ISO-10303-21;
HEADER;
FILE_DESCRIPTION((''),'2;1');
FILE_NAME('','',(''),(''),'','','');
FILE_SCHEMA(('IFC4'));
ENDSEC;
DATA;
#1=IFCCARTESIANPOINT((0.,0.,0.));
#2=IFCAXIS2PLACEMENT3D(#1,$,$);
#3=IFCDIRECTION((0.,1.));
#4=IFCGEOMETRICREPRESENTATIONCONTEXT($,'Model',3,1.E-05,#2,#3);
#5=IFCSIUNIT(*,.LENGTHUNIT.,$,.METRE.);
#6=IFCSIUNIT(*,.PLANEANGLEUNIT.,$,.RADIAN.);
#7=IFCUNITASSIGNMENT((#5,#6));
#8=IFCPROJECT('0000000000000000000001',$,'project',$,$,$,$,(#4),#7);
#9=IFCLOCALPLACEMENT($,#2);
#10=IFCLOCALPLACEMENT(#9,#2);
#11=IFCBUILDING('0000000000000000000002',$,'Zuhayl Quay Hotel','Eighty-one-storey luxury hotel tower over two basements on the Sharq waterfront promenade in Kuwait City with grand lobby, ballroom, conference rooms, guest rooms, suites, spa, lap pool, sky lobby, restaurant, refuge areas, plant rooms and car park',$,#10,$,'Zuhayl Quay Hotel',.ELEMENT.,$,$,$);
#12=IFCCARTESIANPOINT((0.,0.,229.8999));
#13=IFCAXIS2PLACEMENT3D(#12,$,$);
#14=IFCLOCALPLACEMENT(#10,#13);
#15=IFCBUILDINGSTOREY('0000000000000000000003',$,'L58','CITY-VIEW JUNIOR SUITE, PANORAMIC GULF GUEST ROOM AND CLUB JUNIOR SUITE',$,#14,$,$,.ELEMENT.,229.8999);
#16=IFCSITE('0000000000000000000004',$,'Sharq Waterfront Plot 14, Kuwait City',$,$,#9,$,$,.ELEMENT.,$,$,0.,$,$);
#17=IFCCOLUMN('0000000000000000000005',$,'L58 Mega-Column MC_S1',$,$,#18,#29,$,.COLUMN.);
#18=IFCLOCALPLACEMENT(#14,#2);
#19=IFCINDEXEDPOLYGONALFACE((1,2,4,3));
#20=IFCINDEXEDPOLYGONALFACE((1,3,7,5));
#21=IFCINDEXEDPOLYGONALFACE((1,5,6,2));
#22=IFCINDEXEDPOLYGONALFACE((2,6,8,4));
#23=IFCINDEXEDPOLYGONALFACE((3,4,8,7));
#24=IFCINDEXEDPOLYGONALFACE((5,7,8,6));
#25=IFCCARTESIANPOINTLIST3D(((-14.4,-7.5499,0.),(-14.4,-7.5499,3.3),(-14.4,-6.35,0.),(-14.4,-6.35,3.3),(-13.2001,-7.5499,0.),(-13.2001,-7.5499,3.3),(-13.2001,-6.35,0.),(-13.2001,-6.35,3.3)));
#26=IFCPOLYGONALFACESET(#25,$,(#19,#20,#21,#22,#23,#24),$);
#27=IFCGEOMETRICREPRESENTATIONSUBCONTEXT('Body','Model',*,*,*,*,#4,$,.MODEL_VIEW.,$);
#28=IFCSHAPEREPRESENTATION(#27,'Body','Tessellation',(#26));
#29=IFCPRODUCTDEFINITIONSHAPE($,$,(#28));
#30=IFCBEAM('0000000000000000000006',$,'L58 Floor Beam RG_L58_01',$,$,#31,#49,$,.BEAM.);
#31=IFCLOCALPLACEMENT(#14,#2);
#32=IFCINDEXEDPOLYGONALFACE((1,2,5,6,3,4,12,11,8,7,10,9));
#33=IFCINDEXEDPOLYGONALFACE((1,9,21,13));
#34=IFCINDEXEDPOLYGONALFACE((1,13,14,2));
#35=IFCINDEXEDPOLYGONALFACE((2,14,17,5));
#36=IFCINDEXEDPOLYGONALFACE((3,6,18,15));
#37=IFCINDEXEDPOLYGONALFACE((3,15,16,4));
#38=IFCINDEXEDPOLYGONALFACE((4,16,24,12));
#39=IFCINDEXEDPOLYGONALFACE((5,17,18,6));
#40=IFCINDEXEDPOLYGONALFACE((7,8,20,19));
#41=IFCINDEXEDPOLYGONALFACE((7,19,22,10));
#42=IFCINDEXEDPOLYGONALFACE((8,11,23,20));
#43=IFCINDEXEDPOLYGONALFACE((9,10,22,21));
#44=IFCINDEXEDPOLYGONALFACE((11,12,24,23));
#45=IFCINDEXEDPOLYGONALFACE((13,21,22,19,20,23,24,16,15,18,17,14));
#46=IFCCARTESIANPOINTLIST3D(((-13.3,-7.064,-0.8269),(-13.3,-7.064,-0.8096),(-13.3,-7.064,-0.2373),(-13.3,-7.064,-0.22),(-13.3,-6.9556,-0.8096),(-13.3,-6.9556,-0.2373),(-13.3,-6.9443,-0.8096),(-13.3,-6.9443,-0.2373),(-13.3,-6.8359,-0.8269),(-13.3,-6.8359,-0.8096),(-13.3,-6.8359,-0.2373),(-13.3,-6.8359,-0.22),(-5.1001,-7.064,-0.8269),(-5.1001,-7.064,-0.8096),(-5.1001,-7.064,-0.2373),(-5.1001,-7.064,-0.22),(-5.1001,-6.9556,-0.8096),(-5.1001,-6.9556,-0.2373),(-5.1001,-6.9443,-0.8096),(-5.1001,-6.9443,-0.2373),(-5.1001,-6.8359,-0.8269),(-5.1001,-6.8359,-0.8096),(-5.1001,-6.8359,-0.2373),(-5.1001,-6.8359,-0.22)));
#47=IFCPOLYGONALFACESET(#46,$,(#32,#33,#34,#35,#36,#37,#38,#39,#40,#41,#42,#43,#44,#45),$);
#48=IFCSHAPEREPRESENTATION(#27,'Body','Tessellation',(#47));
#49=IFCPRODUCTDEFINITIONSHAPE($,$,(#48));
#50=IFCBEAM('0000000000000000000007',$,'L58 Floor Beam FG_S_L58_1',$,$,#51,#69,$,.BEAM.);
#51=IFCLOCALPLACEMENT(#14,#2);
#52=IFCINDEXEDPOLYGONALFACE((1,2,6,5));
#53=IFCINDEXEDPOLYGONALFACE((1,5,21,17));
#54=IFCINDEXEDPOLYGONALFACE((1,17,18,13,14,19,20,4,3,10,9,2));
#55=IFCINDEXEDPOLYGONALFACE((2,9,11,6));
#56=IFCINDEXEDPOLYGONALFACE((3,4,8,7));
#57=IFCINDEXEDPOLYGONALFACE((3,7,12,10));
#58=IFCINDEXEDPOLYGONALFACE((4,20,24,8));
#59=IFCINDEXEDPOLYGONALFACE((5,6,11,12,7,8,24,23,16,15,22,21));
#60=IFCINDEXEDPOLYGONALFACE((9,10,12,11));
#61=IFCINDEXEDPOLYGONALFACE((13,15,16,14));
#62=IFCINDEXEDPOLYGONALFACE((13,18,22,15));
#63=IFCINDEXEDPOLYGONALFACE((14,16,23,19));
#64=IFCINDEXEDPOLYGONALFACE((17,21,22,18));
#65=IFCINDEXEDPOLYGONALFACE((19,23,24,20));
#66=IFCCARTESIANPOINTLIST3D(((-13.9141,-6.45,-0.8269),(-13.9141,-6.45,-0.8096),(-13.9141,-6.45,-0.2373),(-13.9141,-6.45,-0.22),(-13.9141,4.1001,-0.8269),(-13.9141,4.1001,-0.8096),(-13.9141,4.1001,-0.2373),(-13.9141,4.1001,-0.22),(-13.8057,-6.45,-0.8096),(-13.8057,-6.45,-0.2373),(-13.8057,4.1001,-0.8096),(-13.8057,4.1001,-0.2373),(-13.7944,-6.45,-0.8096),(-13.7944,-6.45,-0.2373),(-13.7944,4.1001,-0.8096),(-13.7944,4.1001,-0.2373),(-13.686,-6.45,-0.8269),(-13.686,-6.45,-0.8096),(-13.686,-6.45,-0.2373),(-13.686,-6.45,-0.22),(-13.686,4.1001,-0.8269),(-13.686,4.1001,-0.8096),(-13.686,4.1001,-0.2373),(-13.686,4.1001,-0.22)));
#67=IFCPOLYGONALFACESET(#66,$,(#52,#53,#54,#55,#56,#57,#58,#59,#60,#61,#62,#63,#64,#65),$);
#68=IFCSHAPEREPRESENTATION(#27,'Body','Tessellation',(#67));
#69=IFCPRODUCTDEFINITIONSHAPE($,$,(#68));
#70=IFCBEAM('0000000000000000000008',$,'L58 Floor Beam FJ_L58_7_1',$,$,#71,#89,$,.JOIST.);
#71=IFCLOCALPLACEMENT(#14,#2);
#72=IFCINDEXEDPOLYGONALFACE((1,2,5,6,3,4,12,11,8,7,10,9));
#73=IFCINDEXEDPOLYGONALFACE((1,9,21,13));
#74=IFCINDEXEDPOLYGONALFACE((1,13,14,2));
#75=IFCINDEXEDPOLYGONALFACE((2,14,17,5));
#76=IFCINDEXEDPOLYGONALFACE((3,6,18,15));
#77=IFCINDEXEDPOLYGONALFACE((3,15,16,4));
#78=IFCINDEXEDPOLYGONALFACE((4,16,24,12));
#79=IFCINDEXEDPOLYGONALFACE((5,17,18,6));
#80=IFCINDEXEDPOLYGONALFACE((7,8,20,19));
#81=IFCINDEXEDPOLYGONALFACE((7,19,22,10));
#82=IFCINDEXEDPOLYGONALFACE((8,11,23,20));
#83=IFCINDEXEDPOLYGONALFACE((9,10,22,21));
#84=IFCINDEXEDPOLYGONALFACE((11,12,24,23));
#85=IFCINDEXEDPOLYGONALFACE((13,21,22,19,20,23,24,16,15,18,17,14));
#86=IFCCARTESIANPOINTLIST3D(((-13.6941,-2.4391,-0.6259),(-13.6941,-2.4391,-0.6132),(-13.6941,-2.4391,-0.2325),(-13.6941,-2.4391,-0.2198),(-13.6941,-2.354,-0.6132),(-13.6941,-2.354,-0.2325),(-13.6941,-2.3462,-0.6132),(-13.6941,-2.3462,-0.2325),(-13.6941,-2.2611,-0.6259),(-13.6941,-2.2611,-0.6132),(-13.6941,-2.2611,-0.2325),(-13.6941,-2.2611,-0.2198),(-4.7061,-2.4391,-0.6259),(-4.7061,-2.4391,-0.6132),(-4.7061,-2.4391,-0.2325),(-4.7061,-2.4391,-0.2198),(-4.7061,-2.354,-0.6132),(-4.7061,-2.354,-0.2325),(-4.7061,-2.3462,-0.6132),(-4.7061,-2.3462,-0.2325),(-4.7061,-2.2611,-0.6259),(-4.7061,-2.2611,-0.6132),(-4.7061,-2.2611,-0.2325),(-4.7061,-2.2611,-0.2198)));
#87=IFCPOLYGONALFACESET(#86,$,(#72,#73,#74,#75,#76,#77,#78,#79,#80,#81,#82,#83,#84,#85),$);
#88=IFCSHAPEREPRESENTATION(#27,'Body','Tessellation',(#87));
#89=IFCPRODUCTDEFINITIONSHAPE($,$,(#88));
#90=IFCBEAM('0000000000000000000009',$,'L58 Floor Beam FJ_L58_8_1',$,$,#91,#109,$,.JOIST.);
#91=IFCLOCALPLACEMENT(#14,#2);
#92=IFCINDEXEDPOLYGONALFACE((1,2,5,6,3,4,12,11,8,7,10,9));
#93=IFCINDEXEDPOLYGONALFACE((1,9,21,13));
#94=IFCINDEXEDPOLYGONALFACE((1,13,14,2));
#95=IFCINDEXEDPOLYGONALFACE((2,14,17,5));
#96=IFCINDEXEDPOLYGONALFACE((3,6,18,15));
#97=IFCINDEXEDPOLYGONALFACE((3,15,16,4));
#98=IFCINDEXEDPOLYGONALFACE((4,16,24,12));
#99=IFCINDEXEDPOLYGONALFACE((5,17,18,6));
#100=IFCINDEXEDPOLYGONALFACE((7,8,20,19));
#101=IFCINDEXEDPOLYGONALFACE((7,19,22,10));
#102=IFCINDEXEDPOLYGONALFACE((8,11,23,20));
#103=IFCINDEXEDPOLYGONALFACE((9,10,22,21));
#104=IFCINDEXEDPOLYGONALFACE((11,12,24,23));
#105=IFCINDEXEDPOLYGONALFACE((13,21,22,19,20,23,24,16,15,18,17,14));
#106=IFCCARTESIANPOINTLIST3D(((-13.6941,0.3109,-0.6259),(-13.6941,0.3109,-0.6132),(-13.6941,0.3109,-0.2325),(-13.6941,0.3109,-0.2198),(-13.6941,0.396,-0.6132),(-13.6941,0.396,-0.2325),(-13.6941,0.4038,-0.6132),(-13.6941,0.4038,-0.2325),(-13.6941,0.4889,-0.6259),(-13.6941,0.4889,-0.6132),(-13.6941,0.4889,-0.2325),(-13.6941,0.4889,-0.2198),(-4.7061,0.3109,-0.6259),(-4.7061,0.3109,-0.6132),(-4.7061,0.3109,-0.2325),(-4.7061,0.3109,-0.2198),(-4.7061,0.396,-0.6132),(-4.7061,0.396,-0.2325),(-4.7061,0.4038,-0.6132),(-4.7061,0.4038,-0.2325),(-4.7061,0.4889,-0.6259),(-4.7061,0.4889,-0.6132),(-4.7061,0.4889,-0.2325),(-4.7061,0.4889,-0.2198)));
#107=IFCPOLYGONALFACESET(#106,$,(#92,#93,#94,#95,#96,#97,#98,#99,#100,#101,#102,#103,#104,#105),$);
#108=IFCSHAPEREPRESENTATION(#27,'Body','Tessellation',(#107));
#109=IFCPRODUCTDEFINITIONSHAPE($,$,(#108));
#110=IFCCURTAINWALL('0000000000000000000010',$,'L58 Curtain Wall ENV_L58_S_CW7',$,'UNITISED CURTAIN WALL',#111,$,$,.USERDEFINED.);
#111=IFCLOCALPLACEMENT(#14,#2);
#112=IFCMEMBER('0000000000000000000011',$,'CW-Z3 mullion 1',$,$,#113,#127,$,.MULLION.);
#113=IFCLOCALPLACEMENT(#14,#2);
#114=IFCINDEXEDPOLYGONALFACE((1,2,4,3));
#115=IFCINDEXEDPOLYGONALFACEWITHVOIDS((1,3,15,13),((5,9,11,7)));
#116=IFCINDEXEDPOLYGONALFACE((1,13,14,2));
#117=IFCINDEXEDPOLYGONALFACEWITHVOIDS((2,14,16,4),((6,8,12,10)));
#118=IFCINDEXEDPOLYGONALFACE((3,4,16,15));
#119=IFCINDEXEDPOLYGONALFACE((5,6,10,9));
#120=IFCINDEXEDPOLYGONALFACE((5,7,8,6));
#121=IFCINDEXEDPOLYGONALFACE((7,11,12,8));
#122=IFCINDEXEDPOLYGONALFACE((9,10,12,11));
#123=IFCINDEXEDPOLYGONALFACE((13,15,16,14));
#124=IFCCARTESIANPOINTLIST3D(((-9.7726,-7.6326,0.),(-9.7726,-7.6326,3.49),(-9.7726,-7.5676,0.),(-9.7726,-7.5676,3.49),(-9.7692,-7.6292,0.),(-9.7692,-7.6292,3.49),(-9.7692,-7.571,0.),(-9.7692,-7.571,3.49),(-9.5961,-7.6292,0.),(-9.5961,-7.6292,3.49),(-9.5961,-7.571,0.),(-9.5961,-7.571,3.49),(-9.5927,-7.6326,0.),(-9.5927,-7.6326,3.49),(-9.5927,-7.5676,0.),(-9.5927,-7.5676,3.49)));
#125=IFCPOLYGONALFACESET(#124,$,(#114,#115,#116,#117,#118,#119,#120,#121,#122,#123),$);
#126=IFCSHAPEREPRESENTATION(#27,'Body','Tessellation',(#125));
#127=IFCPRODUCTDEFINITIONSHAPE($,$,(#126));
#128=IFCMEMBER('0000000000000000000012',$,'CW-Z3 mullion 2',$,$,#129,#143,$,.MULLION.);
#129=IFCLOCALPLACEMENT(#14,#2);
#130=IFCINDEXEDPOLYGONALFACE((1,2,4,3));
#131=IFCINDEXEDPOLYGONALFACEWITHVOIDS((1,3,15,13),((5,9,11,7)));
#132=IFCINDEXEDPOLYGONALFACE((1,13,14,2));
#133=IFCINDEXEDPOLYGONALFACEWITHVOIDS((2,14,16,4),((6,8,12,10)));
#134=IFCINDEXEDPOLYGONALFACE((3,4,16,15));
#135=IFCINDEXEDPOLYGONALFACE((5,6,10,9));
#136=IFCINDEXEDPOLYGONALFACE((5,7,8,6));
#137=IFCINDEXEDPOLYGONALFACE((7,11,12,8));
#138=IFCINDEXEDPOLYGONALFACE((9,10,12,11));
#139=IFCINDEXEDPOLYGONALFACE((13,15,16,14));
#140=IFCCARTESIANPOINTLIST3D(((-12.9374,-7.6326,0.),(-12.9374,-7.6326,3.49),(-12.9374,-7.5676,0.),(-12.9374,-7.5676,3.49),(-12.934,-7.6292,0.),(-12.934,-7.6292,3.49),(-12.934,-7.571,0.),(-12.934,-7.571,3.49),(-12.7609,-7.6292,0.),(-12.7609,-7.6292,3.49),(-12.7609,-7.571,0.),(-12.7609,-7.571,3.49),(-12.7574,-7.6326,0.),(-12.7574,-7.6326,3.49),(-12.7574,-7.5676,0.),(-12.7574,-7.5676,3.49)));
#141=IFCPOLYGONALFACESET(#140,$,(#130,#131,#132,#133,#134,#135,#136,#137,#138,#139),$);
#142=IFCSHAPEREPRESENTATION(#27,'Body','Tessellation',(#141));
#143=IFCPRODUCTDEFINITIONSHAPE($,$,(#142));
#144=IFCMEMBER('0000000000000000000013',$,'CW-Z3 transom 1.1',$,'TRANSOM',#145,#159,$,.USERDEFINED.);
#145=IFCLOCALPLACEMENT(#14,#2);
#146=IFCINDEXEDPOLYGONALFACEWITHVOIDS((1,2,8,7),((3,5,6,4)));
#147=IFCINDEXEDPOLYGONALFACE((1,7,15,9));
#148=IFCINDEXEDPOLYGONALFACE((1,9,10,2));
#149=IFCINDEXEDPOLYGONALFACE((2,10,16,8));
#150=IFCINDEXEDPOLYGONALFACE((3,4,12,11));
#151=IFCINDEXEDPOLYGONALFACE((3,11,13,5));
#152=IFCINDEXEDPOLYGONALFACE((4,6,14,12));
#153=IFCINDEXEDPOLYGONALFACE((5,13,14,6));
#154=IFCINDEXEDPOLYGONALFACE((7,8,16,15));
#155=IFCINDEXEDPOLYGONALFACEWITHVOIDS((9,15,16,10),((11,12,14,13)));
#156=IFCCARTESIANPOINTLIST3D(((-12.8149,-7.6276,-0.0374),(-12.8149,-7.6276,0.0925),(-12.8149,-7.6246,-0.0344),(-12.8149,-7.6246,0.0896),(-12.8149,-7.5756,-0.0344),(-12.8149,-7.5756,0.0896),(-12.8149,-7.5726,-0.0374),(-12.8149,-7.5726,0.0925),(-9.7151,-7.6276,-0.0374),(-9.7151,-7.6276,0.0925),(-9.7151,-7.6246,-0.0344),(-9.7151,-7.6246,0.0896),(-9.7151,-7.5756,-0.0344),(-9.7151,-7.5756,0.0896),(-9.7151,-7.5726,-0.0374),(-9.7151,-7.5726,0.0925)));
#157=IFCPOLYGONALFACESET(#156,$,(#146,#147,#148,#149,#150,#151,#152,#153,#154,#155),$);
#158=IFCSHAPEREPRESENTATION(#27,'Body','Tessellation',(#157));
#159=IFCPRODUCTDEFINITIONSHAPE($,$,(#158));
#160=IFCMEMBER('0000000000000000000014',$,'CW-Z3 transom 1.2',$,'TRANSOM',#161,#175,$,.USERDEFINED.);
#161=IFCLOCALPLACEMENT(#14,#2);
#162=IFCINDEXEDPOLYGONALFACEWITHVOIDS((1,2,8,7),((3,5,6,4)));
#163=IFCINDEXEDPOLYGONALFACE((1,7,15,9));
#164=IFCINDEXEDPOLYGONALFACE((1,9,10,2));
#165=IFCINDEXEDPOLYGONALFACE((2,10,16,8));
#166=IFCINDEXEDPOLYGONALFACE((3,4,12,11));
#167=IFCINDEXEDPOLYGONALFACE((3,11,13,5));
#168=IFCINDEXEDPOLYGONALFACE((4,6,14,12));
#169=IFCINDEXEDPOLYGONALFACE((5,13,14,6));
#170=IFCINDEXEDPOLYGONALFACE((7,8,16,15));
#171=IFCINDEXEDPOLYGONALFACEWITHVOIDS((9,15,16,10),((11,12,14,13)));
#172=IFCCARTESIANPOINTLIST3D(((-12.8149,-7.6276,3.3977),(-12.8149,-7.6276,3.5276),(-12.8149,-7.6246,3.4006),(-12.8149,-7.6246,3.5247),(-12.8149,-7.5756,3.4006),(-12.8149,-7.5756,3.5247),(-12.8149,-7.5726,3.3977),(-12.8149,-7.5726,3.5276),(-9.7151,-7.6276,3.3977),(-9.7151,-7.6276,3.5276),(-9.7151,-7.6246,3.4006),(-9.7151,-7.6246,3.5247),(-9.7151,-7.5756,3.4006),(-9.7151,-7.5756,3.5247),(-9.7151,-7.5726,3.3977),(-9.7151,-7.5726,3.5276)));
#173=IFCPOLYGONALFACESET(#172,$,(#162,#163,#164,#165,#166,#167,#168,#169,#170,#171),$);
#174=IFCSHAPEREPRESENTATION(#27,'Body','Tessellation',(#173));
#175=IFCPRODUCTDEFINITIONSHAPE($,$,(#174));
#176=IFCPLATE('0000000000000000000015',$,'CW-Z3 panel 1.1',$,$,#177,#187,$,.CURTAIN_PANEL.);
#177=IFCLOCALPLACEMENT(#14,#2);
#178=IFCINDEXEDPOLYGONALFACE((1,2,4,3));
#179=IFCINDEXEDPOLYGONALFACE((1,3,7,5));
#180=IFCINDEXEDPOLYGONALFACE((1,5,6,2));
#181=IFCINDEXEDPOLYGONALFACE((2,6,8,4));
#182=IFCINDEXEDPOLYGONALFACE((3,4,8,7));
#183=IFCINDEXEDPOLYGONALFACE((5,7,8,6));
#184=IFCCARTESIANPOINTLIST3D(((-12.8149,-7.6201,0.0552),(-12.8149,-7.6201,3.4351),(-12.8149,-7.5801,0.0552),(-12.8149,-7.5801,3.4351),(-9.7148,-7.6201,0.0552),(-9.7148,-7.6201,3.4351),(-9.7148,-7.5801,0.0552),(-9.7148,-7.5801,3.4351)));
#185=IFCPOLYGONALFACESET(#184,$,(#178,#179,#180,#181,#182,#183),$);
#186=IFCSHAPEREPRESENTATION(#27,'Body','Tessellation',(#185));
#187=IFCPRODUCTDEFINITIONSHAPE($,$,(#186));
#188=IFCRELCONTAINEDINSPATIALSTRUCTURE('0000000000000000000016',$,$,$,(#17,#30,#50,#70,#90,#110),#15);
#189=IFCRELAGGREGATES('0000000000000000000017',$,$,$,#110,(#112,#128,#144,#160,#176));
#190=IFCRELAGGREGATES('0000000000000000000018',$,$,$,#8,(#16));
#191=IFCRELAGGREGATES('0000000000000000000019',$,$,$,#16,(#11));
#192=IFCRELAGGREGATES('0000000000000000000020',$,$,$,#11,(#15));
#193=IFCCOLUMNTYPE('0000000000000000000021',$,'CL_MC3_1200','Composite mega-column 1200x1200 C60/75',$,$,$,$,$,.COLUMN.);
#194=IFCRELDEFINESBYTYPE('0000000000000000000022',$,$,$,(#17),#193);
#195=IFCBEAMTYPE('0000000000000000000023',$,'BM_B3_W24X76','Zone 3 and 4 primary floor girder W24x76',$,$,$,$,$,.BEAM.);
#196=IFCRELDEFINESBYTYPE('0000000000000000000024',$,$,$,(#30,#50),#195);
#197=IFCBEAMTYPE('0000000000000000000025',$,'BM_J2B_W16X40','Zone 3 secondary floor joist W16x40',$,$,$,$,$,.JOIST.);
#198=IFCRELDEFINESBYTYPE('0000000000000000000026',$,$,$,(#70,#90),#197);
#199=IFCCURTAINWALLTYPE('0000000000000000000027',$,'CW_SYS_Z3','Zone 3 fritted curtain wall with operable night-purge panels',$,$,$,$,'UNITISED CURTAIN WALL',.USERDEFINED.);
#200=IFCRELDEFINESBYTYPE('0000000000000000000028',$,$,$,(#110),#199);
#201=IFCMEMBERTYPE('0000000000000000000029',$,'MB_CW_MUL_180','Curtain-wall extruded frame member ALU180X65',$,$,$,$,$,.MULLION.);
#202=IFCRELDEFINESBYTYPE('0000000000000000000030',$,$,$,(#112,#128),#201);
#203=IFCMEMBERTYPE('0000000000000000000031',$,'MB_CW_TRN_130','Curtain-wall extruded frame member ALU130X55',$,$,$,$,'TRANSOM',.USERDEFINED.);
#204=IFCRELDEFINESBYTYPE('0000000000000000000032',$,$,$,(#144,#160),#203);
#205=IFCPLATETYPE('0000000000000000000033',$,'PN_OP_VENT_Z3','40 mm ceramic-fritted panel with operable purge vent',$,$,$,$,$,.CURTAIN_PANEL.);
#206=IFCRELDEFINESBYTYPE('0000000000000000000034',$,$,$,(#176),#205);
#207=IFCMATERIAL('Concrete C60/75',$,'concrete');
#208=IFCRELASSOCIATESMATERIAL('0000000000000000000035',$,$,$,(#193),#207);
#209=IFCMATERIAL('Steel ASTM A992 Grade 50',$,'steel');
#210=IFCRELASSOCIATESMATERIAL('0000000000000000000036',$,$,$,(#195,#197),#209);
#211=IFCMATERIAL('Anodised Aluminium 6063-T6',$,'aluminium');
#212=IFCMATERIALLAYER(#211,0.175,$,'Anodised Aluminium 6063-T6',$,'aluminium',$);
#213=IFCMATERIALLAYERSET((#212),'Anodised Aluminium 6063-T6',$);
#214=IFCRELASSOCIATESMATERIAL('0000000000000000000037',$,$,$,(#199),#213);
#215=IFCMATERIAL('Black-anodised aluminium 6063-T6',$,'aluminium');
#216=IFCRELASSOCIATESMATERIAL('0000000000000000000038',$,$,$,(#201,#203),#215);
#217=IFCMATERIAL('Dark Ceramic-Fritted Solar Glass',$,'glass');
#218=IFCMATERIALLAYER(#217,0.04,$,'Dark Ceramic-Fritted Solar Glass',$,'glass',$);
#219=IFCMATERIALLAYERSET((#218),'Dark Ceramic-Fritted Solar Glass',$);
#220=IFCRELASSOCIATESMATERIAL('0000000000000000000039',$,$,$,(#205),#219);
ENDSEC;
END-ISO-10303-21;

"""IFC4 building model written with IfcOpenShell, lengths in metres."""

from ifc_helpers import new_model, si_unit, direction, frame, origin, origin_2d, place, context, subcontext, project, spatial, rectangle, hollow_rectangle, i_section, extrude, material, layer, layer_set, material_profile, profile_set, type_object, element, aggregate, save


model = new_model("IFC4")

# Units and contexts
model_context = context("Model", 3, precision=1e-05, world=origin(), true_north=direction((0.0, 1.0)))
body_context = subcontext(model_context, "Body", "Model", "MODEL_VIEW")
ifc_project = project(units=[si_unit("LENGTHUNIT", "METRE"), si_unit("PLANEANGLEUNIT", "RADIAN")], contexts=[model_context])

# Site, building, storey
site_placement = place(None, origin())
site = spatial("IfcSite", under=ifc_project, at=site_placement, Name="Sharq Waterfront Plot 14, Kuwait City", CompositionType="ELEMENT", RefElevation=0.0)
building_placement = place(site_placement, origin())
building = spatial("IfcBuilding", under=site, at=building_placement, Name="Zuhayl Quay Hotel", Description="Eighty-one-storey luxury hotel tower over two basements on the Sharq waterfront promenade in Kuwait City with grand lobby, ballroom, conference rooms, guest rooms, suites, spa, lap pool, sky lobby, restaurant, refuge areas, plant rooms and car park", LongName="Zuhayl Quay Hotel", CompositionType="ELEMENT")
storey_placement = place(building_placement, frame((0.0, 0.0, 229.8999)))
storey = spatial("IfcBuildingStorey", under=building, at=storey_placement, Name="L58", Description="CITY-VIEW JUNIOR SUITE, PANORAMIC GULF GUEST ROOM AND CLUB JUNIOR SUITE", CompositionType="ELEMENT", Elevation=229.8999)

# Column
ifc_material_1 = material(Name="Concrete C60/75", Category="concrete")
ifc_material_profile_1 = material_profile(ifc_material_1, rectangle(XDim=1.2, YDim=1.2, at=origin_2d()), Name="RC1200X1200")
ifc_profile_set_1 = profile_set([ifc_material_profile_1], Name="Concrete C60/75")
column_type = type_object("IfcColumnType", Name="CL_MC3_1200", Description="Composite mega-column 1200x1200 C60/75", PredefinedType="COLUMN", material=ifc_profile_set_1)
column_placement = place(storey_placement, frame((-13.8, -6.95, 0.0), z_axis=(0.0, 0.0, 1.0), x_axis=(1.0, 0.0, 0.0)))
element("IfcColumn", 1, at=column_placement, inside=storey, type_object=column_type, Name="L58 Mega-Column MC_S1", PredefinedType="COLUMN", context=body_context, shape_type="SweptSolid", body=[
    extrude(rectangle(XDim=1.2, YDim=1.2, at=origin_2d()), origin(), (0.0, 0.0, 1.0), 3.3),
])

# Beams
ifc_material_2 = material(Name="Steel ASTM A992 Grade 50", Category="steel")
ifc_material_profile_2 = material_profile(ifc_material_2, i_section(OverallWidth=0.228, OverallDepth=0.6069, WebThickness=0.0112, FlangeThickness=0.0173, at=origin_2d()), Name="W24X76")
ifc_profile_set_2 = profile_set([ifc_material_profile_2], Name="Steel ASTM A992 Grade 50")
beam_type_1 = type_object("IfcBeamType", Name="BM_B3_W24X76", Description="Zone 3 and 4 primary floor girder W24x76", PredefinedType="BEAM", material=ifc_profile_set_2)
beam_1_placement = place(storey_placement, frame((-13.3, -6.95, -0.5234), z_axis=(1.0, 0.0, 0.0), x_axis=(0.0, 1.0, 0.0)))
element("IfcBeam", 2, at=beam_1_placement, inside=storey, type_object=beam_type_1, Name="L58 Floor Beam RG_L58_01", PredefinedType="BEAM", context=body_context, shape_type="SweptSolid", body=[
    extrude(i_section(OverallWidth=0.228, OverallDepth=0.6069, WebThickness=0.0112, FlangeThickness=0.0173, at=origin_2d()), origin(), (0.0, 0.0, 1.0), 8.2),
])
beam_2_placement = place(storey_placement, frame((-13.8, -6.45, -0.5234), z_axis=(0.0, 1.0, 0.0), x_axis=(-1.0, 0.0, 0.0)))
element("IfcBeam", 3, at=beam_2_placement, inside=storey, type_object=beam_type_1, Name="L58 Floor Beam FG_S_L58_1", PredefinedType="BEAM", context=body_context, shape_type="SweptSolid", body=[
    extrude(i_section(OverallWidth=0.228, OverallDepth=0.6069, WebThickness=0.0112, FlangeThickness=0.0173, at=origin_2d()), origin(), (0.0, 0.0, 1.0), 10.55),
])
ifc_material_profile_3 = material_profile(ifc_material_2, i_section(OverallWidth=0.178, OverallDepth=0.406, WebThickness=0.0078, FlangeThickness=0.0127, at=origin_2d()), Name="W16X40")
ifc_profile_set_3 = profile_set([ifc_material_profile_3], Name="Steel ASTM A992 Grade 50")
beam_type_2 = type_object("IfcBeamType", Name="BM_J2B_W16X40", Description="Zone 3 secondary floor joist W16x40", PredefinedType="JOIST", material=ifc_profile_set_3)
for number, where, z_axis, x_axis, name in (
    (4, (-13.6941, -2.3501, -0.4229), (1.0, 0.0, 0.0), (0.0, 1.0, 0.0), "L58 Floor Beam FJ_L58_7_1"),
    (5, (-13.6941, 0.3999, -0.4229), (1.0, 0.0, 0.0), (0.0, 1.0, 0.0), "L58 Floor Beam FJ_L58_8_1"),
):
    element("IfcBeam", number, at=place(storey_placement, frame(where, z_axis=z_axis, x_axis=x_axis)), inside=storey, type_object=beam_type_2, Name=name, PredefinedType="JOIST", context=body_context, shape_type="SweptSolid", body=[
        extrude(i_section(OverallWidth=0.178, OverallDepth=0.406, WebThickness=0.0078, FlangeThickness=0.0127, at=origin_2d()), origin(), (0.0, 0.0, 1.0), 8.988),
    ])

# Curtain wall, members, plate
ifc_material_3 = material(Name="Anodised Aluminium 6063-T6", Category="aluminium")
ifc_layer_1 = layer(ifc_material_3, 0.175, Name="Anodised Aluminium 6063-T6", Category="aluminium")
ifc_layer_set_1 = layer_set([ifc_layer_1], Name="Anodised Aluminium 6063-T6")
curtain_wall_type = type_object("IfcCurtainWallType", Name="CW_SYS_Z3", Description="Zone 3 fritted curtain wall with operable night-purge panels", ElementType="UNITISED CURTAIN WALL", PredefinedType="USERDEFINED", material=ifc_layer_set_1)
curtain_wall_placement = place(storey_placement, origin())
curtain_wall = element("IfcCurtainWall", 6, at=curtain_wall_placement, inside=storey, type_object=curtain_wall_type, Name="L58 Curtain Wall ENV_L58_S_CW7", ObjectType="UNITISED CURTAIN WALL", PredefinedType="USERDEFINED")
ifc_material_4 = material(Name="Black-anodised aluminium 6063-T6", Category="aluminium")
ifc_material_profile_4 = material_profile(ifc_material_4, hollow_rectangle(XDim=0.0649, YDim=0.1799, WallThickness=0.0034, at=origin_2d()), Name="ALU180X65")
ifc_profile_set_4 = profile_set([ifc_material_profile_4], Name="Black-anodised aluminium 6063-T6")
member_type_1 = type_object("IfcMemberType", Name="MB_CW_MUL_180", Description="Curtain-wall extruded frame member ALU180X65", PredefinedType="MULLION", material=ifc_profile_set_4)
member_1_placement = place(storey_placement, frame((-9.6826, -7.6001, 0.0), z_axis=(0.0, 0.0, 1.0), x_axis=(0.0, -1.0, 0.0)))
member_1 = element("IfcMember", 7, at=member_1_placement, type_object=member_type_1, Name="CW-Z3 mullion 1", PredefinedType="MULLION", context=body_context, shape_type="SweptSolid", body=[
    extrude(hollow_rectangle(XDim=0.0649, YDim=0.1799, WallThickness=0.0034, at=origin_2d()), origin(), (0.0, 0.0, 1.0), 3.49),
])
member_2_placement = place(storey_placement, frame((-12.8474, -7.6001, 0.0), z_axis=(0.0, 0.0, 1.0), x_axis=(0.0, -1.0, 0.0)))
member_2 = element("IfcMember", 8, at=member_2_placement, type_object=member_type_1, Name="CW-Z3 mullion 2", PredefinedType="MULLION", context=body_context, shape_type="SweptSolid", body=[
    extrude(hollow_rectangle(XDim=0.0649, YDim=0.1799, WallThickness=0.0034, at=origin_2d()), origin(), (0.0, 0.0, 1.0), 3.49),
])
ifc_material_profile_5 = material_profile(ifc_material_4, hollow_rectangle(XDim=0.0549, YDim=0.1299, WallThickness=0.0029, at=origin_2d()), Name="ALU130X55")
ifc_profile_set_5 = profile_set([ifc_material_profile_5], Name="Black-anodised aluminium 6063-T6")
member_type_2 = type_object("IfcMemberType", Name="MB_CW_TRN_130", Description="Curtain-wall extruded frame member ALU130X55", ElementType="TRANSOM", PredefinedType="USERDEFINED", material=ifc_profile_set_5)
member_3_placement = place(storey_placement, frame((-9.7151, -7.6001, 0.0276), z_axis=(-1.0, 0.0, 0.0), x_axis=(0.0, -1.0, 0.0)))
member_3 = element("IfcMember", 9, at=member_3_placement, type_object=member_type_2, Name="CW-Z3 transom 1.1", ObjectType="TRANSOM", PredefinedType="USERDEFINED", context=body_context, shape_type="SweptSolid", body=[
    extrude(hollow_rectangle(XDim=0.0549, YDim=0.1299, WallThickness=0.0029, at=origin_2d()), origin(), (0.0, 0.0, 1.0), 3.0999),
])
member_4_placement = place(storey_placement, frame((-9.7151, -7.6001, 3.4626), z_axis=(-1.0, 0.0, 0.0), x_axis=(0.0, -1.0, 0.0)))
member_4 = element("IfcMember", 10, at=member_4_placement, type_object=member_type_2, Name="CW-Z3 transom 1.2", ObjectType="TRANSOM", PredefinedType="USERDEFINED", context=body_context, shape_type="SweptSolid", body=[
    extrude(hollow_rectangle(XDim=0.0549, YDim=0.1299, WallThickness=0.0029, at=origin_2d()), origin(), (0.0, 0.0, 1.0), 3.0999),
])
ifc_material_5 = material(Name="Dark Ceramic-Fritted Solar Glass", Category="glass")
ifc_layer_2 = layer(ifc_material_5, 0.04, Name="Dark Ceramic-Fritted Solar Glass", Category="glass")
ifc_layer_set_2 = layer_set([ifc_layer_2], Name="Dark Ceramic-Fritted Solar Glass")
plate_type = type_object("IfcPlateType", Name="PN_OP_VENT_Z3", Description="40 mm ceramic-fritted panel with operable purge vent", PredefinedType="CURTAIN_PANEL", material=ifc_layer_set_2)
plate_placement = place(storey_placement, frame((-11.2649, -7.6001, 0.0552), z_axis=(0.0, 0.0, 1.0), x_axis=(-1.0, 0.0, 0.0)))
plate = element("IfcPlate", 11, at=plate_placement, type_object=plate_type, Name="CW-Z3 panel 1.1", PredefinedType="CURTAIN_PANEL", context=body_context, shape_type="SweptSolid", body=[
    extrude(rectangle(XDim=3.1001, YDim=0.04, at=origin_2d()), origin(), (0.0, 0.0, 1.0), 3.3799),
])
aggregate(curtain_wall, [member_1, member_2, member_3, member_4, plate])

save(model, "model.ifc")
